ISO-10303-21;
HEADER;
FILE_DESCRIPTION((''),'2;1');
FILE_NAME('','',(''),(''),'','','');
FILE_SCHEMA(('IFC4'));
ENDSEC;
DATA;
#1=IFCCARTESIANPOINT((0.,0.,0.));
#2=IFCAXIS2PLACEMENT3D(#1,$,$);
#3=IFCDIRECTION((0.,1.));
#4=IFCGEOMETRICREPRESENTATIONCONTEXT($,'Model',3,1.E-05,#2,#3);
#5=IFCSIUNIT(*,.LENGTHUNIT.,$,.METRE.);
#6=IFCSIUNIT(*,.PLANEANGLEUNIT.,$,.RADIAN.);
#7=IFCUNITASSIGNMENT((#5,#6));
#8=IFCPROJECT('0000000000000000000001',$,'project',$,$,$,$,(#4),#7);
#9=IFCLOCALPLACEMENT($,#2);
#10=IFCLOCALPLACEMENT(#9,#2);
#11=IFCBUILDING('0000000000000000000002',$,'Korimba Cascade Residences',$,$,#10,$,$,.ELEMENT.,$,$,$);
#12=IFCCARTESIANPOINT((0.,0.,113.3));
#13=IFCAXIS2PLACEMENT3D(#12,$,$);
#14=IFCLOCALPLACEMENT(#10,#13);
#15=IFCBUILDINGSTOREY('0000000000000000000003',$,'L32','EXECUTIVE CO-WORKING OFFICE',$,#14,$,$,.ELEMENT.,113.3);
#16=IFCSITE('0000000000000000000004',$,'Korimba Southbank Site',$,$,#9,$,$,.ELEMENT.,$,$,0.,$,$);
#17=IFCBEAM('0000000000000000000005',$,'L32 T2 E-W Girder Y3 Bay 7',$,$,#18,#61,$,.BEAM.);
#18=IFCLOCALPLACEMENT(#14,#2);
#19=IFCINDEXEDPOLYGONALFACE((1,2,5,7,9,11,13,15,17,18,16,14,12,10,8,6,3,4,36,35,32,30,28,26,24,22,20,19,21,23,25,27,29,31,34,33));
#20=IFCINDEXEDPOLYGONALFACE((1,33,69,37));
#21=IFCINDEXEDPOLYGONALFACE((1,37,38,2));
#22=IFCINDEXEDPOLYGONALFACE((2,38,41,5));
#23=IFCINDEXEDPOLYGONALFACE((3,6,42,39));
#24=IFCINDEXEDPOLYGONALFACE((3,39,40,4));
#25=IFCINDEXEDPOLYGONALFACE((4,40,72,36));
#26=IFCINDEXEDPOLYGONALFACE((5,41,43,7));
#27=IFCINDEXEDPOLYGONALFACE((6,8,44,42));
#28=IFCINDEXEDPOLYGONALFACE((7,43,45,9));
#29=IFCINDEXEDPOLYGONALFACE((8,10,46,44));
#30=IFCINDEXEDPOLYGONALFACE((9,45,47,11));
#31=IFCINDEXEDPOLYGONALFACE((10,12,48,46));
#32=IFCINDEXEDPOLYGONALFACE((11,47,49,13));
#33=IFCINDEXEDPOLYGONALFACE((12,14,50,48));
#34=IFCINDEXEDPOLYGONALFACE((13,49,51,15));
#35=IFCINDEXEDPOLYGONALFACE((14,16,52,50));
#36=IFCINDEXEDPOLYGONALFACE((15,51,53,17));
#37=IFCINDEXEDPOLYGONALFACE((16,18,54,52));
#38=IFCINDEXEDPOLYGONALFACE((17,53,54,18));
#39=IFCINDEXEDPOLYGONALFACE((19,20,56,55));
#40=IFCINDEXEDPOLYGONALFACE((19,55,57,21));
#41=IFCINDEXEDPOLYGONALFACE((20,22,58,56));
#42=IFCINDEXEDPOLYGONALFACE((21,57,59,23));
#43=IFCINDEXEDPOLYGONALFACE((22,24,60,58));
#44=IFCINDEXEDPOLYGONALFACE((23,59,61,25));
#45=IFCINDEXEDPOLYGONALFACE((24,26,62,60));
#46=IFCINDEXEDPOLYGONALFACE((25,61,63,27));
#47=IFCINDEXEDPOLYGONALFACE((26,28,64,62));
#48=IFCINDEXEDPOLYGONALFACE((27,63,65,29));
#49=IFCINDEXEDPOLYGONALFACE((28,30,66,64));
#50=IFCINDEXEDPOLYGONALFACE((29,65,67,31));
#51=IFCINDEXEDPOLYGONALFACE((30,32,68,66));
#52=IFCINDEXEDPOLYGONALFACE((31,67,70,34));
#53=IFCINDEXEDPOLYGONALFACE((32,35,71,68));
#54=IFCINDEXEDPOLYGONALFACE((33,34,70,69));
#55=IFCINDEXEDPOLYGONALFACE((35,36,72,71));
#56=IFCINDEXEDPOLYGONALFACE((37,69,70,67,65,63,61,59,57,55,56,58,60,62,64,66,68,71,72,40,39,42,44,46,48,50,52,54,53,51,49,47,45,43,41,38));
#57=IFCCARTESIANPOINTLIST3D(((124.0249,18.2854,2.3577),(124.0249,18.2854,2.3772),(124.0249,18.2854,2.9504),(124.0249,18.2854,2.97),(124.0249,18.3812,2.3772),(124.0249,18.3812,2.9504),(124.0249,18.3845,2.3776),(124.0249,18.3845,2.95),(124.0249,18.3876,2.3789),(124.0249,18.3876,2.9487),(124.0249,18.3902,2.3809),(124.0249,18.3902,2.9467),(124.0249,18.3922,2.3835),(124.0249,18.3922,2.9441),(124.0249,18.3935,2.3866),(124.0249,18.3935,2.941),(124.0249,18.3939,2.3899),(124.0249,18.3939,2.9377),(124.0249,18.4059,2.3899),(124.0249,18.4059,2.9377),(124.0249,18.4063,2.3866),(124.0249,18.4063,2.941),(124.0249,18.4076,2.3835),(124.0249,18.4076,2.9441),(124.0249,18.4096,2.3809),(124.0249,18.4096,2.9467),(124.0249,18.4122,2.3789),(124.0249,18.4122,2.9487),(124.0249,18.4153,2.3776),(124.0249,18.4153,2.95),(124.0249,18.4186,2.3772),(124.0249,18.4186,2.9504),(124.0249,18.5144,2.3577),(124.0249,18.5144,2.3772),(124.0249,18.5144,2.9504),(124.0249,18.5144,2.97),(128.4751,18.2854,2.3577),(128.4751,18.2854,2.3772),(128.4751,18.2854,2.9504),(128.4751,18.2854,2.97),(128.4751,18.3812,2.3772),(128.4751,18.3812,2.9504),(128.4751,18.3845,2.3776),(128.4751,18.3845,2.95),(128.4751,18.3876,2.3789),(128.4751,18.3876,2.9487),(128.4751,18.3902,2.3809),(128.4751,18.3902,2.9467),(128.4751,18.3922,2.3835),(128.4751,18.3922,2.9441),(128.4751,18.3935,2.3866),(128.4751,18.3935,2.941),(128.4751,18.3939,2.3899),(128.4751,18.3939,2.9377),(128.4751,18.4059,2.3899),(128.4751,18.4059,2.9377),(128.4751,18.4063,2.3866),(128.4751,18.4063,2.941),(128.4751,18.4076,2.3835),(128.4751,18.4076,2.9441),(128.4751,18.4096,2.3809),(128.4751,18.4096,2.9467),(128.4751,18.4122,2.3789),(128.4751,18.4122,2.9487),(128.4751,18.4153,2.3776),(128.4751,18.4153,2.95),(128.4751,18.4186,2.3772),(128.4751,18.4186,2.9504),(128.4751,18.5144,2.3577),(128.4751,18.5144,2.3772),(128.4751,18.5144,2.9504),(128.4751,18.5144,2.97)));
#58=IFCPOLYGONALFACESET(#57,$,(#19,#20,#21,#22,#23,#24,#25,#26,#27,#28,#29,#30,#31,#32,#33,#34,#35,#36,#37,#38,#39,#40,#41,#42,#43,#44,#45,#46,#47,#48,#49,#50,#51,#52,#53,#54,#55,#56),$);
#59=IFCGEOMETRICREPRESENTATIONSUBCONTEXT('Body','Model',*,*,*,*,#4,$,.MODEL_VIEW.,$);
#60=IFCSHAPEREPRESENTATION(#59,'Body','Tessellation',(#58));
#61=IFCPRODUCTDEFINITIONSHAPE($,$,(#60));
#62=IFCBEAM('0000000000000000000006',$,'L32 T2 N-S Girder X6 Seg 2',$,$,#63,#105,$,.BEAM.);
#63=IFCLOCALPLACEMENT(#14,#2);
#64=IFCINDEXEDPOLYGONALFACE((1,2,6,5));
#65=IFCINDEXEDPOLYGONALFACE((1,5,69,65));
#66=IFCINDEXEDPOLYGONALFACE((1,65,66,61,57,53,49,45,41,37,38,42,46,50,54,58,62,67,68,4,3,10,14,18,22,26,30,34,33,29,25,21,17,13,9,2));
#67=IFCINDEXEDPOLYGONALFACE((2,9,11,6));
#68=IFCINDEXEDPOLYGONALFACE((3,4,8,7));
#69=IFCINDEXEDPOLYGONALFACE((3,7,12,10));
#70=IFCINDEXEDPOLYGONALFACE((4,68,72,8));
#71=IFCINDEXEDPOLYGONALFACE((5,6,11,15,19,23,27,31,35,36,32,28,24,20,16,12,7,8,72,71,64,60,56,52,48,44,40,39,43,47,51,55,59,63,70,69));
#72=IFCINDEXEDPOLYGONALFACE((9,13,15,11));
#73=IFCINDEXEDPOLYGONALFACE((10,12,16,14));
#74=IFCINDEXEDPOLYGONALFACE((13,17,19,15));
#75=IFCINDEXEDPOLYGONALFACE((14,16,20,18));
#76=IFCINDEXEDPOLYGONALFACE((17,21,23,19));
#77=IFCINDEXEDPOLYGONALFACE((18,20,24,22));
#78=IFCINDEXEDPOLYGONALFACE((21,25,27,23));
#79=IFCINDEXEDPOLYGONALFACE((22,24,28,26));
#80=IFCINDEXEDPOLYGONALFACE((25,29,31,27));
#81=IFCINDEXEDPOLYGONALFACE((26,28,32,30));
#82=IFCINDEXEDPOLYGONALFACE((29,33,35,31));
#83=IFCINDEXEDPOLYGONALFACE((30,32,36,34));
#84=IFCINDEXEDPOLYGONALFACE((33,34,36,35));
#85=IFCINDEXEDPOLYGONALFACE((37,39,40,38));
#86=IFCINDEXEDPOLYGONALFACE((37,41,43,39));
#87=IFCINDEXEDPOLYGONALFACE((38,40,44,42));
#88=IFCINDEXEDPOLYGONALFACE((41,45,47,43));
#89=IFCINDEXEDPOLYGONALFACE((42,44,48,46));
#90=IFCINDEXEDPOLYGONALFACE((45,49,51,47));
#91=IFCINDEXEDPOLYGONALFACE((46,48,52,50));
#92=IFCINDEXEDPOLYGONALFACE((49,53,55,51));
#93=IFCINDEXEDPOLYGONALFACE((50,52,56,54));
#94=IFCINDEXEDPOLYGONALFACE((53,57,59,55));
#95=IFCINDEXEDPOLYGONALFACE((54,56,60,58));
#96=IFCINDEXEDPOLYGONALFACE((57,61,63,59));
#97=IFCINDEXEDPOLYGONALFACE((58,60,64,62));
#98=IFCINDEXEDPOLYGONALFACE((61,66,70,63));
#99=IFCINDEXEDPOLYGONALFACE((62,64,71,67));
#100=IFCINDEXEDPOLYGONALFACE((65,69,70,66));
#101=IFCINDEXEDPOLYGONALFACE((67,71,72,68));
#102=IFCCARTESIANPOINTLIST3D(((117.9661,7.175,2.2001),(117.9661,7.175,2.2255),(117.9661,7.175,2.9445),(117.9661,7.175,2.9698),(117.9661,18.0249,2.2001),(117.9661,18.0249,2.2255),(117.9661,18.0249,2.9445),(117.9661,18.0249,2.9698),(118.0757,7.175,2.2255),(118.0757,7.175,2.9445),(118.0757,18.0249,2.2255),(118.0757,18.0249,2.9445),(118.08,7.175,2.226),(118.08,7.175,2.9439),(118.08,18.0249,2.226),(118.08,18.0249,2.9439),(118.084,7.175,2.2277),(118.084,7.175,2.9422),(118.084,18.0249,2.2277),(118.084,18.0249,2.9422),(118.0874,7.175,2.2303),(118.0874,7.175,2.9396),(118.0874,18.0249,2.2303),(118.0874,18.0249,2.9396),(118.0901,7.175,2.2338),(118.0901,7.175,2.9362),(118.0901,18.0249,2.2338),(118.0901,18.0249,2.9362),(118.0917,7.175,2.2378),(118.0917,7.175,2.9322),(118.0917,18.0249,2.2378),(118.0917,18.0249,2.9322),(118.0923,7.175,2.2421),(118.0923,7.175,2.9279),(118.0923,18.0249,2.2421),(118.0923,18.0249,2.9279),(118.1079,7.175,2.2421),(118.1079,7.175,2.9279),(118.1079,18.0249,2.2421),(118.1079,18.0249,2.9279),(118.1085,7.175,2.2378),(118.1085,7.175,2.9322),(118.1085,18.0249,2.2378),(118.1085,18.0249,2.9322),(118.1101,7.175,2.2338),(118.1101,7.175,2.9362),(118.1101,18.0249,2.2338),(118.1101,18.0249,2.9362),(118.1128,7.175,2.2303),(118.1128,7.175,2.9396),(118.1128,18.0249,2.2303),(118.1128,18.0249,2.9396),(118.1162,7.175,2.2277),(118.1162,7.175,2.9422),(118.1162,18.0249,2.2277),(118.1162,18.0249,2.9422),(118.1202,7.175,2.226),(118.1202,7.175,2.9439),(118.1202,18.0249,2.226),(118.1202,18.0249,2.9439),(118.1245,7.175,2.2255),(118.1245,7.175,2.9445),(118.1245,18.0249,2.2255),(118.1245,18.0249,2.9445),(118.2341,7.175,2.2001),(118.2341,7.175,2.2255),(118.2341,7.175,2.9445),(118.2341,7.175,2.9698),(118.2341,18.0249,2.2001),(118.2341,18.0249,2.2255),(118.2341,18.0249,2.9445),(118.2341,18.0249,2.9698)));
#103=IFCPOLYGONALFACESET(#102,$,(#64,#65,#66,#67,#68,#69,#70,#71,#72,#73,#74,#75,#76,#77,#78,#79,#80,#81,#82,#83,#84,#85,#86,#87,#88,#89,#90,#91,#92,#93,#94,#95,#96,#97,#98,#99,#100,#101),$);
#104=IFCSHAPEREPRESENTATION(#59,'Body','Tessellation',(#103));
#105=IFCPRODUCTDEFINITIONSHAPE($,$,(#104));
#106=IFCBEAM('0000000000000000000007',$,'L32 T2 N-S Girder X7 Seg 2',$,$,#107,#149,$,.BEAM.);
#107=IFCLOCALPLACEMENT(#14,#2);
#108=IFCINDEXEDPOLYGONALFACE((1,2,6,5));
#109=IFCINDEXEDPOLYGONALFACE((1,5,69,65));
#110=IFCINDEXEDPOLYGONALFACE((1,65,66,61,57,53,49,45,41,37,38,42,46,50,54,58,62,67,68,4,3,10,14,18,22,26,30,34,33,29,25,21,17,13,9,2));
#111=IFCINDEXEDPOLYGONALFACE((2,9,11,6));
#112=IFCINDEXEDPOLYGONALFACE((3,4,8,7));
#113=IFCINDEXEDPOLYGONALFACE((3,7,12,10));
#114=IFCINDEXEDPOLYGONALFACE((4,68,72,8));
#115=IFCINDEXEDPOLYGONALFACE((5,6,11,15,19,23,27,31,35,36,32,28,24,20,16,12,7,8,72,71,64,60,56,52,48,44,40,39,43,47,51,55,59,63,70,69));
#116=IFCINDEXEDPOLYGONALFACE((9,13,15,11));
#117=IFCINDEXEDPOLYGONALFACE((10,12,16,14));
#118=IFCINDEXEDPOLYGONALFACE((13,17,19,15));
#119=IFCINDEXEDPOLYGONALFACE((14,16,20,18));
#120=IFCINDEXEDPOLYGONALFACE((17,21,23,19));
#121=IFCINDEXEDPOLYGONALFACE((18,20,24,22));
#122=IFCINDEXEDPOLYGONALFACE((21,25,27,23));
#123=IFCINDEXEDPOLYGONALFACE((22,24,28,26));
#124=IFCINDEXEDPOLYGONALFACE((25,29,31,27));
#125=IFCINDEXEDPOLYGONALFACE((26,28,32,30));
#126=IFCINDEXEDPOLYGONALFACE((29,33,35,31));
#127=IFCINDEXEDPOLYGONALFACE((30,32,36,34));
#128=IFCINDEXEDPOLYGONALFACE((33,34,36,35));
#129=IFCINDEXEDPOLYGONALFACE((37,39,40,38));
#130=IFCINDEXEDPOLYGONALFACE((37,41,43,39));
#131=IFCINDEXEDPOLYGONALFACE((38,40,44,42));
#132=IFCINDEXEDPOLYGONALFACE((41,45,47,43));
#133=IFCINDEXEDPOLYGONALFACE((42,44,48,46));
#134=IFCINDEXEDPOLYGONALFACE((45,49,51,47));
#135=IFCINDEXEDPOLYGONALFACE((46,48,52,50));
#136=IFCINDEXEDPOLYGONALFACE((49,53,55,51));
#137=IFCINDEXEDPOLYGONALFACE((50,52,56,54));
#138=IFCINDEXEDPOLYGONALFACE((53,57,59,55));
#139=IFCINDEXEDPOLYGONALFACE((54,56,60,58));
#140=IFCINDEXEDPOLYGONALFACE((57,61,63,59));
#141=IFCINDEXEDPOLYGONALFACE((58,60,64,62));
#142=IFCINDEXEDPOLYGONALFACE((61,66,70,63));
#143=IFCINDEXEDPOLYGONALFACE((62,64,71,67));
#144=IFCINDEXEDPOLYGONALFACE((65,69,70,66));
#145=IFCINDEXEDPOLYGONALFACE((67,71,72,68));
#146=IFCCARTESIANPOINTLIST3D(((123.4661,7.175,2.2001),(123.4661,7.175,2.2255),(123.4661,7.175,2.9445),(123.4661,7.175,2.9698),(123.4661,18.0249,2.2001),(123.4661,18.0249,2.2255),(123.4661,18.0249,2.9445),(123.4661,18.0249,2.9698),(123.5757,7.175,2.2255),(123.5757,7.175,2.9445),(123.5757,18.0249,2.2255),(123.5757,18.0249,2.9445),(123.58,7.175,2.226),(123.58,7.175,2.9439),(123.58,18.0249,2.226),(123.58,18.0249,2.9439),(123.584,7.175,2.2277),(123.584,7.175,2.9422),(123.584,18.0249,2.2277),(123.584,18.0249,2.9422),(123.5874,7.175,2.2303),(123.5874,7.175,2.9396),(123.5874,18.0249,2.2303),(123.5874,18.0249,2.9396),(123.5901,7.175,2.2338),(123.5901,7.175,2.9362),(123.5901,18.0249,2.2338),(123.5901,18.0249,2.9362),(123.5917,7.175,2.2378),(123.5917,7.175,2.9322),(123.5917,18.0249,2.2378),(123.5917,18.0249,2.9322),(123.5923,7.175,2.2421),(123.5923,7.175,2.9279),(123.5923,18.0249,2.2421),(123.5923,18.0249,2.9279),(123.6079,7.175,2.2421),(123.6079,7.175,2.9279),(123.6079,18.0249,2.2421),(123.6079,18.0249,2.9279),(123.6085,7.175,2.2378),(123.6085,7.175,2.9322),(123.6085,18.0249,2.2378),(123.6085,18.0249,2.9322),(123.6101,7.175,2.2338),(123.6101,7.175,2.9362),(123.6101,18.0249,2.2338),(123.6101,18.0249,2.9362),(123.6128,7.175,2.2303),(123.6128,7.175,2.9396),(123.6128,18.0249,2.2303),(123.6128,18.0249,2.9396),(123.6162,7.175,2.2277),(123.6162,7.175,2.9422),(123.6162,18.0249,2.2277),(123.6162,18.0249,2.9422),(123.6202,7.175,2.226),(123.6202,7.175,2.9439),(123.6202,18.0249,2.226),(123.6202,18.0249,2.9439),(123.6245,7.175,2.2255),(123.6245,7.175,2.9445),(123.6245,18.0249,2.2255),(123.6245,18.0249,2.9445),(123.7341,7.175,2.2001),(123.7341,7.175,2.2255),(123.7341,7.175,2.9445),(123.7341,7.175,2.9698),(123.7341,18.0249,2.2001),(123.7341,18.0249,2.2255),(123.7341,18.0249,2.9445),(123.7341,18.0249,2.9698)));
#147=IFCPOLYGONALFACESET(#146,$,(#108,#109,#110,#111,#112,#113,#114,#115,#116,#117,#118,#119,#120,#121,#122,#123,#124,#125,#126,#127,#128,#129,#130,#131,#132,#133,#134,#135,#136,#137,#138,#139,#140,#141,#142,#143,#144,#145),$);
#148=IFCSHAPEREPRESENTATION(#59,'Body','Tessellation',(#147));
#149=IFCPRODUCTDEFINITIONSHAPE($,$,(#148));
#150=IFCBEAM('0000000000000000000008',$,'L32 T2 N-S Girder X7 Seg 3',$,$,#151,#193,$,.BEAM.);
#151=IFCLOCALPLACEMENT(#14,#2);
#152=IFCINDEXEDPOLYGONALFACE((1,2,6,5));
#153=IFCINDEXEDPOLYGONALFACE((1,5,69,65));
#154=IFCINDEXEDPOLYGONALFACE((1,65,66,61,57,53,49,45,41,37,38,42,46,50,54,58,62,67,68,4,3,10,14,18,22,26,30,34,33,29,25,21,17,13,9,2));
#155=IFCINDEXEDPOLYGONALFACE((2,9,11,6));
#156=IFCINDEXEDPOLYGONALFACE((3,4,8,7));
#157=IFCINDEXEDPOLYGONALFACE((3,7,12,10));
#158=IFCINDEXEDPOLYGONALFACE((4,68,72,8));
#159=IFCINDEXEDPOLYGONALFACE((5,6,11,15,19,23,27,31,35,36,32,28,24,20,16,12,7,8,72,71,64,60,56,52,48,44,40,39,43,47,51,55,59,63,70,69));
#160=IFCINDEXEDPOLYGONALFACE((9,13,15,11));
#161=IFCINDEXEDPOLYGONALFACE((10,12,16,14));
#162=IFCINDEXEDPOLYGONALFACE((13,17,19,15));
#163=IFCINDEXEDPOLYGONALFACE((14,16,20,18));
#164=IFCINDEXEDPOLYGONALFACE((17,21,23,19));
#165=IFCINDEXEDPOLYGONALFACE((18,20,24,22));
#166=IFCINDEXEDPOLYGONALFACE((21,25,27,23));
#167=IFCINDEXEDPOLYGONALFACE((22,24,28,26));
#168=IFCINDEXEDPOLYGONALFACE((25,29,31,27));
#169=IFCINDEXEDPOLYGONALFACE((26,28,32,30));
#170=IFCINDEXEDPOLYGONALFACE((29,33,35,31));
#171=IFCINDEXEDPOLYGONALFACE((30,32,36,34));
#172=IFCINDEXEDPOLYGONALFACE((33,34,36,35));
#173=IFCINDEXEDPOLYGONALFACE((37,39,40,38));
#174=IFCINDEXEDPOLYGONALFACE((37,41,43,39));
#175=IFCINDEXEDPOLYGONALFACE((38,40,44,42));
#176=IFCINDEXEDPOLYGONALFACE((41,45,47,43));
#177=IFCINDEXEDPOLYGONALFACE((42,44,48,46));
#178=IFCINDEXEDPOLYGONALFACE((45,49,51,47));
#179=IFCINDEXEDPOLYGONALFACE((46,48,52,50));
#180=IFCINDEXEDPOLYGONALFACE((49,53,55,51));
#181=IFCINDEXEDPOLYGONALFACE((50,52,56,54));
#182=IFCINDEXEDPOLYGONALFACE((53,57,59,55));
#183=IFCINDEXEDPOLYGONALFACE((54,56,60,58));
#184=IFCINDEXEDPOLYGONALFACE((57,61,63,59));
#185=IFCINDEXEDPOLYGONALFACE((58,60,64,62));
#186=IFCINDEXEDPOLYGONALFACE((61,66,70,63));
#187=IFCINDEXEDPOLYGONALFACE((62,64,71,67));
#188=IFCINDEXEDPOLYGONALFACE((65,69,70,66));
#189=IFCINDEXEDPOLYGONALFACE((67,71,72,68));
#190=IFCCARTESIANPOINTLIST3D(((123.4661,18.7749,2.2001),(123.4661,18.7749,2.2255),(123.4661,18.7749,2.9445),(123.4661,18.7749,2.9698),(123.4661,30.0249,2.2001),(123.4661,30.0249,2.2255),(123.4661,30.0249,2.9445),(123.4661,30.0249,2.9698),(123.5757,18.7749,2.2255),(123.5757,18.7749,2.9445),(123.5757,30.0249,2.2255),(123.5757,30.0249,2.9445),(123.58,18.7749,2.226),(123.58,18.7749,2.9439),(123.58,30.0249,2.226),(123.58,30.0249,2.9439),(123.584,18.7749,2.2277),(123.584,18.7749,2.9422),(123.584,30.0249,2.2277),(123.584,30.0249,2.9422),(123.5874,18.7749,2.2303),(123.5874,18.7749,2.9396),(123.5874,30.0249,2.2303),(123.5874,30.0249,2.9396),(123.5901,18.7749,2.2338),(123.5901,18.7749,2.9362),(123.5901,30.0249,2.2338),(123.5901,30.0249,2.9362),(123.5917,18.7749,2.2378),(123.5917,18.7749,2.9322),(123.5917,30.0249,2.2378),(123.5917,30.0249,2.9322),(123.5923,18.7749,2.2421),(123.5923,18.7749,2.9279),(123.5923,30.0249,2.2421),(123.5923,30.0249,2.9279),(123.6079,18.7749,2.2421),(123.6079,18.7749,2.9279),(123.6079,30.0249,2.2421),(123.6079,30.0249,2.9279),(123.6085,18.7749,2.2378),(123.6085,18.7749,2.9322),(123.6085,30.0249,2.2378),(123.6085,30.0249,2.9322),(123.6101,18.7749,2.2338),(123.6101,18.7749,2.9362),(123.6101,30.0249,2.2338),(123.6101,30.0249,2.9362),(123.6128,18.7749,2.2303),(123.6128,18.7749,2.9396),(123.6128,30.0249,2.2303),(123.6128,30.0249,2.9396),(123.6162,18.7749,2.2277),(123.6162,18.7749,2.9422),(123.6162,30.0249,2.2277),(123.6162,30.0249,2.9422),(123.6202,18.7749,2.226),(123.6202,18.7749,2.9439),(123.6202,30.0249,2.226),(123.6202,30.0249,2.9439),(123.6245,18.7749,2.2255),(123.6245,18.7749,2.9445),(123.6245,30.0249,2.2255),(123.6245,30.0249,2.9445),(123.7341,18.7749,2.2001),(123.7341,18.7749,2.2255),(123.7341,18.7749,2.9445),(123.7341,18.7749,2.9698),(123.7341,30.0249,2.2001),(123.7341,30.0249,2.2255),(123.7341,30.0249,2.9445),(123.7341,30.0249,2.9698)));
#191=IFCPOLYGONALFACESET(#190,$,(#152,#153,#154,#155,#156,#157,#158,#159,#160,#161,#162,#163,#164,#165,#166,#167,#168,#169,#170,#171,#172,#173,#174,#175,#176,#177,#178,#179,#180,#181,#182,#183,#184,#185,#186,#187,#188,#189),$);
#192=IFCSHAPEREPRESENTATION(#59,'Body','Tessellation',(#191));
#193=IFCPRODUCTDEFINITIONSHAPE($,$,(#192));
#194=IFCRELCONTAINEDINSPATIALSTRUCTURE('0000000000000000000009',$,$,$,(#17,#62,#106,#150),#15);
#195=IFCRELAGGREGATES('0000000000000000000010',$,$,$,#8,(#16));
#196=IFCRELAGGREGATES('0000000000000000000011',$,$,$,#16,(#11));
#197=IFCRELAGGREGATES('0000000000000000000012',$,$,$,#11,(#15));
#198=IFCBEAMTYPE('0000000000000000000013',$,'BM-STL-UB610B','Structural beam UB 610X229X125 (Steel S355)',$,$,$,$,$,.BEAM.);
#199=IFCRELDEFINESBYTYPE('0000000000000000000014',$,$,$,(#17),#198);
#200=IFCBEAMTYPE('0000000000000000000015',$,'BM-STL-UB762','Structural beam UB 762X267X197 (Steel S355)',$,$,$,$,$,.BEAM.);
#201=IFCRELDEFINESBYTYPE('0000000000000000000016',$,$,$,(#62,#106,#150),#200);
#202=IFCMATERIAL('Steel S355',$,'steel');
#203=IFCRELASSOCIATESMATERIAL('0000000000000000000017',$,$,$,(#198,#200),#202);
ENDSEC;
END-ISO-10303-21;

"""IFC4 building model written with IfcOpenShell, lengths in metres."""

from ifc_helpers import new_model, si_unit, direction, frame, origin, origin_2d, place, context, subcontext, project, spatial, i_section, extrude, material, material_profile, profile_set, type_object, element, save


model = new_model("IFC4")

# Units and contexts
model_context = context("Model", 3, precision=1e-05, world=origin(), true_north=direction((0.0, 1.0)))
body_context = subcontext(model_context, "Body", "Model", "MODEL_VIEW")
ifc_project = project(units=[si_unit("LENGTHUNIT", "METRE"), si_unit("PLANEANGLEUNIT", "RADIAN")], contexts=[model_context])

# Site, building, storey
site_placement = place(None, origin())
site = spatial("IfcSite", under=ifc_project, at=site_placement, Name="Korimba Southbank Site", CompositionType="ELEMENT", RefElevation=0.0)
building_placement = place(site_placement, origin())
building = spatial("IfcBuilding", under=site, at=building_placement, Name="Korimba Cascade Residences", CompositionType="ELEMENT")
storey_placement = place(building_placement, frame((0.0, 0.0, 113.3)))
storey = spatial("IfcBuildingStorey", under=building, at=storey_placement, Name="L32", Description="EXECUTIVE CO-WORKING OFFICE", CompositionType="ELEMENT", Elevation=113.3)

# Beams
ifc_material_1 = material(Name="Steel S355", Category="steel")
ifc_material_profile_1 = material_profile(ifc_material_1, i_section(OverallWidth=0.229, OverallDepth=0.6123, WebThickness=0.012, FlangeThickness=0.0195, FilletRadius=0.0127, at=origin_2d()), Name="Steel S355")
ifc_profile_set_1 = profile_set([ifc_material_profile_1], Name="Steel S355")
beam_type_1 = type_object("IfcBeamType", Name="BM-STL-UB610B", Description="Structural beam UB 610X229X125 (Steel S355)", PredefinedType="BEAM", material=ifc_profile_set_1)
beam_1_placement = place(storey_placement, frame((124.0249, 18.3999, 2.6638), z_axis=(1.0, 0.0, 0.0), x_axis=(0.0, 1.0, 0.0)))
element("IfcBeam", 1, at=beam_1_placement, inside=storey, type_object=beam_type_1, Name="L32 T2 E-W Girder Y3 Bay 7", PredefinedType="BEAM", context=body_context, shape_type="SweptSolid", body=[
    extrude(i_section(OverallWidth=0.229, OverallDepth=0.6123, WebThickness=0.012, FlangeThickness=0.0195, FilletRadius=0.0127, at=origin_2d()), origin(), (0.0, 0.0, 1.0), 4.4502),
])
ifc_material_profile_2 = material_profile(ifc_material_1, i_section(OverallWidth=0.2681, OverallDepth=0.7698, WebThickness=0.0156, FlangeThickness=0.0254, FilletRadius=0.0166, at=origin_2d()), Name="Steel S355")
ifc_profile_set_2 = profile_set([ifc_material_profile_2], Name="Steel S355")
beam_type_2 = type_object("IfcBeamType", Name="BM-STL-UB762", Description="Structural beam UB 762X267X197 (Steel S355)", PredefinedType="BEAM", material=ifc_profile_set_2)
for number, where, z_axis, x_axis, name in (
    (2, (118.1001, 7.175, 2.585), (0.0, 1.0, 0.0), (-1.0, 0.0, 0.0), "L32 T2 N-S Girder X6 Seg 2"),
    (3, (123.6001, 7.175, 2.585), (0.0, 1.0, 0.0), (-1.0, 0.0, 0.0), "L32 T2 N-S Girder X7 Seg 2"),
):
    element("IfcBeam", number, at=place(storey_placement, frame(where, z_axis=z_axis, x_axis=x_axis)), inside=storey, type_object=beam_type_2, Name=name, PredefinedType="BEAM", context=body_context, shape_type="SweptSolid", body=[
        extrude(i_section(OverallWidth=0.2681, OverallDepth=0.7698, WebThickness=0.0156, FlangeThickness=0.0254, FilletRadius=0.0166, at=origin_2d()), origin(), (0.0, 0.0, 1.0), 10.8499),
    ])
beam_2_placement = place(storey_placement, frame((123.6001, 18.7749, 2.585), z_axis=(0.0, 1.0, 0.0), x_axis=(-1.0, 0.0, 0.0)))
element("IfcBeam", 4, at=beam_2_placement, inside=storey, type_object=beam_type_2, Name="L32 T2 N-S Girder X7 Seg 3", PredefinedType="BEAM", context=body_context, shape_type="SweptSolid", body=[
    extrude(i_section(OverallWidth=0.2681, OverallDepth=0.7698, WebThickness=0.0156, FlangeThickness=0.0254, FilletRadius=0.0166, at=origin_2d()), origin(), (0.0, 0.0, 1.0), 11.25),
])

save(model, "model.ifc")
